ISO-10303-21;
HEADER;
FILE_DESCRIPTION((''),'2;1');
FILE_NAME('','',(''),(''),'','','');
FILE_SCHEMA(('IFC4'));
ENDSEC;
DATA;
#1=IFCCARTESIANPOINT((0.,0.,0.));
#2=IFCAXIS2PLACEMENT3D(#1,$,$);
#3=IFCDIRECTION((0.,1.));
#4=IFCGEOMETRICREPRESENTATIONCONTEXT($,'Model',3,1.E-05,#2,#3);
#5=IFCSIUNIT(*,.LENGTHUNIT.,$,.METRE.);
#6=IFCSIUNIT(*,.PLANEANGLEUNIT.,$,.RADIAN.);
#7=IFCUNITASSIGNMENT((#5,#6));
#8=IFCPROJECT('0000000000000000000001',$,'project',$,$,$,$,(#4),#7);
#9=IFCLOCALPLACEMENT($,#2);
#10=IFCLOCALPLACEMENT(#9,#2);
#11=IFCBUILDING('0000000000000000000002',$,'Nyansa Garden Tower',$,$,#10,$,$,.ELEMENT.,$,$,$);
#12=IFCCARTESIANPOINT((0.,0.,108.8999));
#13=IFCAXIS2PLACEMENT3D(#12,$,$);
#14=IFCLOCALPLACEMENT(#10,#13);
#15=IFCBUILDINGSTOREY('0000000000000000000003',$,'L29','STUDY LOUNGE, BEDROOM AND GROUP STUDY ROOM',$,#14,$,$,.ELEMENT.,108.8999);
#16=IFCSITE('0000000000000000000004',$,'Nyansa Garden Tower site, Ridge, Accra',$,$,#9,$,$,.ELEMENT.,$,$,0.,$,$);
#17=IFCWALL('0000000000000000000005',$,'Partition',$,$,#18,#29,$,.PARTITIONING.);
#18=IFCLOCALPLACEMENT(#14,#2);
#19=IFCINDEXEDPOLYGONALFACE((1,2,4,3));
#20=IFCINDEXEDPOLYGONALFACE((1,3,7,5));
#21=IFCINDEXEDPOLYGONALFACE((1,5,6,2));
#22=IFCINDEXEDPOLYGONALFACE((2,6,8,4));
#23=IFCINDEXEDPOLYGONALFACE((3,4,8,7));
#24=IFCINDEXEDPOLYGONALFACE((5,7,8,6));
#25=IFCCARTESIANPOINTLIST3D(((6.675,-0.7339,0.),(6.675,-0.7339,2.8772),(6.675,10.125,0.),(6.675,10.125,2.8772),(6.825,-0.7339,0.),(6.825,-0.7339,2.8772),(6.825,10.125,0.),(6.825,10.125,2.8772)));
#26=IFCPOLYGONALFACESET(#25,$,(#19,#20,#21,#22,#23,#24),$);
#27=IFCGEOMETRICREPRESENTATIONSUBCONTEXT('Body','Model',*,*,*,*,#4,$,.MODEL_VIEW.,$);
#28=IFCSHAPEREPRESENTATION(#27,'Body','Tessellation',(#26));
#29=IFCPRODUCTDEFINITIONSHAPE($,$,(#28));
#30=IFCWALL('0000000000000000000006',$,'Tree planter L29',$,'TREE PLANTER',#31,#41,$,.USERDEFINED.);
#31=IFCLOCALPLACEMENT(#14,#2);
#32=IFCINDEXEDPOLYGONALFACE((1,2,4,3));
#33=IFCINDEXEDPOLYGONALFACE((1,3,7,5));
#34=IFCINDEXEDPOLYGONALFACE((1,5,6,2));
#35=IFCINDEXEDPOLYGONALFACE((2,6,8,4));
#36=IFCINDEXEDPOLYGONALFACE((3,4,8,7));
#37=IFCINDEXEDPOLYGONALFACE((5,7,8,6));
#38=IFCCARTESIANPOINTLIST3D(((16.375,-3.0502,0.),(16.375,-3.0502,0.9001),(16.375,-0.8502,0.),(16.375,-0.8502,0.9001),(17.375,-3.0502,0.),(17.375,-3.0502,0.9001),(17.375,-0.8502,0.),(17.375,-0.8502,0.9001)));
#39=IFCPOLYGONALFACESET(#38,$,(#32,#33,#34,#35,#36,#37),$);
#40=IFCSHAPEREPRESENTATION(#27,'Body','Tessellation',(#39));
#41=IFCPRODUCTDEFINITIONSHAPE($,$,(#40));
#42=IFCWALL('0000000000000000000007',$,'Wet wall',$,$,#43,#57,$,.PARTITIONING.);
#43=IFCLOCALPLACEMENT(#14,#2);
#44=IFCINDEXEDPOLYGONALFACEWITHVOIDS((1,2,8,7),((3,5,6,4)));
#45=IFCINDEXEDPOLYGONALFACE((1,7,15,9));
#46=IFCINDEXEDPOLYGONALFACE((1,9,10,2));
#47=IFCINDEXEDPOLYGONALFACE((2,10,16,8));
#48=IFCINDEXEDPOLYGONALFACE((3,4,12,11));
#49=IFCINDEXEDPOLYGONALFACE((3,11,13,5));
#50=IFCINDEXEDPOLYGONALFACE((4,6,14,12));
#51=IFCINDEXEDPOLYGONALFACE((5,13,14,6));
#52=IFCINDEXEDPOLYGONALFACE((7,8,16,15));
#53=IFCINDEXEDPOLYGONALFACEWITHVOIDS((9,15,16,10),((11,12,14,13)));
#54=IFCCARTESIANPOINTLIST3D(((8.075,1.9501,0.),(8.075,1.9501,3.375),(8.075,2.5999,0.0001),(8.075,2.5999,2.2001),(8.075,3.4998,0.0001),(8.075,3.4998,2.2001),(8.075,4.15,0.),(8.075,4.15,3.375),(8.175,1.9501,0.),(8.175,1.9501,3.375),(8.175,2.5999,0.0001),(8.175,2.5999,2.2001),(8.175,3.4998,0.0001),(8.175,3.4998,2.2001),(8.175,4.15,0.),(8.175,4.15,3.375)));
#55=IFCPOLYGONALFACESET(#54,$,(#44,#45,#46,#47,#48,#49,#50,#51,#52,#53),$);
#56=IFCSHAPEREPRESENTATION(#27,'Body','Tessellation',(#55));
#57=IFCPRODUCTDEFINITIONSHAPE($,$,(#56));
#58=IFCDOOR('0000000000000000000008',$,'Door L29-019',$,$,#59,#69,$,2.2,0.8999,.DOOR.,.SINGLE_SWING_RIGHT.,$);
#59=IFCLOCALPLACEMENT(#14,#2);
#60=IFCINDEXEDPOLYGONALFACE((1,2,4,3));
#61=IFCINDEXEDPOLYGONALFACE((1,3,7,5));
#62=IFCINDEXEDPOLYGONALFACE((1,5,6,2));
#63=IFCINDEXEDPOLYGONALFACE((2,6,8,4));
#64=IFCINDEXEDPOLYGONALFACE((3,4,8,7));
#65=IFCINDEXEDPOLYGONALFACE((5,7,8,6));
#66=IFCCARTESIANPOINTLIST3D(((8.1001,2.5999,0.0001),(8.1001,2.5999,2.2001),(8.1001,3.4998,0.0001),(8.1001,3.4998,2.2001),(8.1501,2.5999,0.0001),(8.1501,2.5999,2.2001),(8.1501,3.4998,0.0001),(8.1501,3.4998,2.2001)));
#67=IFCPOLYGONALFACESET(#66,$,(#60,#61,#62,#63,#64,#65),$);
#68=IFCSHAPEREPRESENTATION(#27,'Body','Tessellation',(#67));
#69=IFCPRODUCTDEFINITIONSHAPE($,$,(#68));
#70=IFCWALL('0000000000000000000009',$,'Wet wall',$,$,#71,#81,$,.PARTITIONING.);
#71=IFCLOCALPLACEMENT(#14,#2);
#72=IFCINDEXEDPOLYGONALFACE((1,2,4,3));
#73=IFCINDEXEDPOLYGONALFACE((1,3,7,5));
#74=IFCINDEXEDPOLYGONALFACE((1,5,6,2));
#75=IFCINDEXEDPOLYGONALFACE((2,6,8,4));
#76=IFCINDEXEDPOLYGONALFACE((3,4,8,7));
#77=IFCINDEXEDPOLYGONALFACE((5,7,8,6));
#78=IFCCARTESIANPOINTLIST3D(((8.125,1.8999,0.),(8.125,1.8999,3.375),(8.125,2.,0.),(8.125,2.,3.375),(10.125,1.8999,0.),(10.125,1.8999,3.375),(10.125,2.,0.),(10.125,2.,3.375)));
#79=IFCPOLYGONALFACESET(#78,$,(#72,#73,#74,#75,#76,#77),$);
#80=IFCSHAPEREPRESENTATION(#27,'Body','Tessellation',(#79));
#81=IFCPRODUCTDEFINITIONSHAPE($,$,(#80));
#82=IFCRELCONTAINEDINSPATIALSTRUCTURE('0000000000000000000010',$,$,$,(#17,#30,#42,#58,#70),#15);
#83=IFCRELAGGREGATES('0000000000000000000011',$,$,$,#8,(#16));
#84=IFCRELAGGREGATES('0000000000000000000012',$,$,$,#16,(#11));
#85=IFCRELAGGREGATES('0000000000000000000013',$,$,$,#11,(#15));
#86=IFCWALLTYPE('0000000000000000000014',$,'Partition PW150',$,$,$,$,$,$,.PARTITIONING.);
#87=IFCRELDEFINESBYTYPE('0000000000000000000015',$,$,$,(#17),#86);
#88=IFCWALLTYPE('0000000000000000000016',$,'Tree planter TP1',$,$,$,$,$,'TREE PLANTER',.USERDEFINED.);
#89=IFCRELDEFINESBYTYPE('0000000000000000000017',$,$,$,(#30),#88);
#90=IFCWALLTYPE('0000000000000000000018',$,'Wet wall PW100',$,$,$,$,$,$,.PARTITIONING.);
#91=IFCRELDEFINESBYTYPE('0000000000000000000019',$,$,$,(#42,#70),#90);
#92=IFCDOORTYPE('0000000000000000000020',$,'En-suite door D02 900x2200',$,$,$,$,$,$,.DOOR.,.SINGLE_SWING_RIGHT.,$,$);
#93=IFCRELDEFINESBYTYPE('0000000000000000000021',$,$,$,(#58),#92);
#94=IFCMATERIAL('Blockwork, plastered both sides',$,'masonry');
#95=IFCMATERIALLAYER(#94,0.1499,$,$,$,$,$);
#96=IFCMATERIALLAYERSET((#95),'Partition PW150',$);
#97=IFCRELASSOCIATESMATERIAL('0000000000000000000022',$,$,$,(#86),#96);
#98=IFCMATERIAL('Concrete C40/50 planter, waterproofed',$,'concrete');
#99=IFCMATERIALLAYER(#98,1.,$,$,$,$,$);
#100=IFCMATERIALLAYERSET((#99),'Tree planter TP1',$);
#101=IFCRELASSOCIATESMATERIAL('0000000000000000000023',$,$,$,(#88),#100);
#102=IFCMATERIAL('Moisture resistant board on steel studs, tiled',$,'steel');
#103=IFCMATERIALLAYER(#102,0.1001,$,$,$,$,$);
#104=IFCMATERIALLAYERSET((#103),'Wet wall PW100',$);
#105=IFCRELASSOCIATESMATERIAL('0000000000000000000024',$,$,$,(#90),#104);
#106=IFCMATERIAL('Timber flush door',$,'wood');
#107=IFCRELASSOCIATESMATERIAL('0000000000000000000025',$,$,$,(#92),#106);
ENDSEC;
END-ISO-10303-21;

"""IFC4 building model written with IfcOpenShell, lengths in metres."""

from ifc_helpers import new_model, si_unit, direction, frame, frame_2d, origin, place, context, subcontext, project, spatial, rectangle, extrude, material, layer, layer_set, type_object, element, fill, save


model = new_model("IFC4")

# Units and contexts
model_context = context("Model", 3, precision=1e-05, world=origin(), true_north=direction((0.0, 1.0)))
body_context = subcontext(model_context, "Body", "Model", "MODEL_VIEW")
ifc_project = project(units=[si_unit("LENGTHUNIT", "METRE"), si_unit("PLANEANGLEUNIT", "RADIAN")], contexts=[model_context])

# Site, building, storey
site_placement = place(None, origin())
site = spatial("IfcSite", under=ifc_project, at=site_placement, Name="Nyansa Garden Tower site, Ridge, Accra", CompositionType="ELEMENT", RefElevation=0.0)
building_placement = place(site_placement, origin())
building = spatial("IfcBuilding", under=site, at=building_placement, Name="Nyansa Garden Tower", CompositionType="ELEMENT")
storey_placement = place(building_placement, frame((0.0, 0.0, 108.8999)))
storey = spatial("IfcBuildingStorey", under=building, at=storey_placement, Name="L29", Description="STUDY LOUNGE, BEDROOM AND GROUP STUDY ROOM", CompositionType="ELEMENT", Elevation=108.8999)

# Walls
ifc_material_1 = material(Name="Blockwork, plastered both sides", Category="masonry")
ifc_layer_1 = layer(ifc_material_1, 0.1499)
ifc_layer_set_1 = layer_set([ifc_layer_1], Name="Partition PW150")
wall_type_1 = type_object("IfcWallType", Name="Partition PW150", PredefinedType="PARTITIONING", material=ifc_layer_set_1)
wall_1_placement = place(storey_placement, frame((6.75, -0.7339, 0.0), z_axis=(0.0, 0.0, 1.0), x_axis=(0.0, 1.0, 0.0)))
element("IfcWall", 1, at=wall_1_placement, inside=storey, type_object=wall_type_1, Name="Partition", PredefinedType="PARTITIONING", context=body_context, shape_type="SweptSolid", body=[
    extrude(rectangle(XDim=10.8589, YDim=0.1499, at=frame_2d((5.4294, 0.0))), origin(), (0.0, 0.0, 1.0), 2.8772),
])
ifc_material_2 = material(Name="Concrete C40/50 planter, waterproofed", Category="concrete")
ifc_layer_2 = layer(ifc_material_2, 1.0)
ifc_layer_set_2 = layer_set([ifc_layer_2], Name="Tree planter TP1")
wall_type_2 = type_object("IfcWallType", Name="Tree planter TP1", ElementType="TREE PLANTER", PredefinedType="USERDEFINED", material=ifc_layer_set_2)
wall_2_placement = place(storey_placement, frame((16.875, -0.8501, 0.0), z_axis=(0.0, 0.0, 1.0), x_axis=(0.0, -1.0, 0.0)))
element("IfcWall", 2, at=wall_2_placement, inside=storey, type_object=wall_type_2, Name="Tree planter L29", ObjectType="TREE PLANTER", PredefinedType="USERDEFINED", context=body_context, shape_type="SweptSolid", body=[
    extrude(rectangle(XDim=2.2, YDim=1.0, at=frame_2d((1.1001, 0.0))), origin(), (0.0, 0.0, 1.0), 0.9001),
])

# Wall, opening, door
ifc_material_3 = material(Name="Moisture resistant board on steel studs, tiled", Category="steel")
ifc_layer_3 = layer(ifc_material_3, 0.1001)
ifc_layer_set_3 = layer_set([ifc_layer_3], Name="Wet wall PW100")
wall_type_3 = type_object("IfcWallType", Name="Wet wall PW100", PredefinedType="PARTITIONING", material=ifc_layer_set_3)
wall_3_placement = place(storey_placement, frame((8.125, 1.95, 0.0), z_axis=(0.0, 0.0, 1.0), x_axis=(0.0, 1.0, 0.0)))
wall_3 = element("IfcWall", 3, at=wall_3_placement, inside=storey, type_object=wall_type_3, Name="Wet wall", PredefinedType="PARTITIONING", context=body_context, shape_type="SweptSolid", body=[
    extrude(rectangle(XDim=2.2, YDim=0.1001, at=frame_2d((1.1001, 0.0))), origin(), (0.0, 0.0, 1.0), 3.375),
])
opening_placement = place(wall_3_placement, frame((0.6499, 0.0, 0.0)))
opening = element("IfcOpeningElement", 4, at=opening_placement, cuts=wall_3, PredefinedType="OPENING", context=body_context, shape_type="SweptSolid", body=[
    extrude(rectangle(XDim=0.8999, YDim=2.2, at=frame_2d((0.45, 1.1001))), frame((0.0, 0.0601, 0.0), z_axis=(0.0, -1.0, 0.0), x_axis=(1.0, 0.0, 0.0)), (0.0, 0.0, 1.0), 0.1201),
])
ifc_material_4 = material(Name="Timber flush door", Category="wood")
door_type = type_object("IfcDoorType", Name="En-suite door D02 900x2200", OperationType="SINGLE_SWING_RIGHT", PredefinedType="DOOR", material=ifc_material_4)
door_placement = place(opening_placement, origin())
door = element("IfcDoor", 5, at=door_placement, inside=storey, type_object=door_type, Name="Door L29-019", OperationType="SINGLE_SWING_RIGHT", OverallHeight=2.2, OverallWidth=0.8999, PredefinedType="DOOR", context=body_context, shape_type="SweptSolid", body=[
    extrude(rectangle(XDim=0.8999, YDim=2.2, at=frame_2d((0.45, 1.1001))), frame((0.0, 0.0249, 0.0), z_axis=(0.0, -1.0, 0.0), x_axis=(1.0, 0.0, 0.0)), (0.0, 0.0, 1.0), 0.05),
])
fill(opening, door)

# Wall
wall_4_placement = place(storey_placement, frame((8.125, 1.95, 0.0), z_axis=(0.0, 0.0, 1.0), x_axis=(1.0, 0.0, 0.0)))
element("IfcWall", 6, at=wall_4_placement, inside=storey, type_object=wall_type_3, Name="Wet wall", PredefinedType="PARTITIONING", context=body_context, shape_type="SweptSolid", body=[
    extrude(rectangle(XDim=2.0, YDim=0.1001, at=frame_2d((1.0, 0.0))), origin(), (0.0, 0.0, 1.0), 3.375),
])

save(model, "model.ifc")
